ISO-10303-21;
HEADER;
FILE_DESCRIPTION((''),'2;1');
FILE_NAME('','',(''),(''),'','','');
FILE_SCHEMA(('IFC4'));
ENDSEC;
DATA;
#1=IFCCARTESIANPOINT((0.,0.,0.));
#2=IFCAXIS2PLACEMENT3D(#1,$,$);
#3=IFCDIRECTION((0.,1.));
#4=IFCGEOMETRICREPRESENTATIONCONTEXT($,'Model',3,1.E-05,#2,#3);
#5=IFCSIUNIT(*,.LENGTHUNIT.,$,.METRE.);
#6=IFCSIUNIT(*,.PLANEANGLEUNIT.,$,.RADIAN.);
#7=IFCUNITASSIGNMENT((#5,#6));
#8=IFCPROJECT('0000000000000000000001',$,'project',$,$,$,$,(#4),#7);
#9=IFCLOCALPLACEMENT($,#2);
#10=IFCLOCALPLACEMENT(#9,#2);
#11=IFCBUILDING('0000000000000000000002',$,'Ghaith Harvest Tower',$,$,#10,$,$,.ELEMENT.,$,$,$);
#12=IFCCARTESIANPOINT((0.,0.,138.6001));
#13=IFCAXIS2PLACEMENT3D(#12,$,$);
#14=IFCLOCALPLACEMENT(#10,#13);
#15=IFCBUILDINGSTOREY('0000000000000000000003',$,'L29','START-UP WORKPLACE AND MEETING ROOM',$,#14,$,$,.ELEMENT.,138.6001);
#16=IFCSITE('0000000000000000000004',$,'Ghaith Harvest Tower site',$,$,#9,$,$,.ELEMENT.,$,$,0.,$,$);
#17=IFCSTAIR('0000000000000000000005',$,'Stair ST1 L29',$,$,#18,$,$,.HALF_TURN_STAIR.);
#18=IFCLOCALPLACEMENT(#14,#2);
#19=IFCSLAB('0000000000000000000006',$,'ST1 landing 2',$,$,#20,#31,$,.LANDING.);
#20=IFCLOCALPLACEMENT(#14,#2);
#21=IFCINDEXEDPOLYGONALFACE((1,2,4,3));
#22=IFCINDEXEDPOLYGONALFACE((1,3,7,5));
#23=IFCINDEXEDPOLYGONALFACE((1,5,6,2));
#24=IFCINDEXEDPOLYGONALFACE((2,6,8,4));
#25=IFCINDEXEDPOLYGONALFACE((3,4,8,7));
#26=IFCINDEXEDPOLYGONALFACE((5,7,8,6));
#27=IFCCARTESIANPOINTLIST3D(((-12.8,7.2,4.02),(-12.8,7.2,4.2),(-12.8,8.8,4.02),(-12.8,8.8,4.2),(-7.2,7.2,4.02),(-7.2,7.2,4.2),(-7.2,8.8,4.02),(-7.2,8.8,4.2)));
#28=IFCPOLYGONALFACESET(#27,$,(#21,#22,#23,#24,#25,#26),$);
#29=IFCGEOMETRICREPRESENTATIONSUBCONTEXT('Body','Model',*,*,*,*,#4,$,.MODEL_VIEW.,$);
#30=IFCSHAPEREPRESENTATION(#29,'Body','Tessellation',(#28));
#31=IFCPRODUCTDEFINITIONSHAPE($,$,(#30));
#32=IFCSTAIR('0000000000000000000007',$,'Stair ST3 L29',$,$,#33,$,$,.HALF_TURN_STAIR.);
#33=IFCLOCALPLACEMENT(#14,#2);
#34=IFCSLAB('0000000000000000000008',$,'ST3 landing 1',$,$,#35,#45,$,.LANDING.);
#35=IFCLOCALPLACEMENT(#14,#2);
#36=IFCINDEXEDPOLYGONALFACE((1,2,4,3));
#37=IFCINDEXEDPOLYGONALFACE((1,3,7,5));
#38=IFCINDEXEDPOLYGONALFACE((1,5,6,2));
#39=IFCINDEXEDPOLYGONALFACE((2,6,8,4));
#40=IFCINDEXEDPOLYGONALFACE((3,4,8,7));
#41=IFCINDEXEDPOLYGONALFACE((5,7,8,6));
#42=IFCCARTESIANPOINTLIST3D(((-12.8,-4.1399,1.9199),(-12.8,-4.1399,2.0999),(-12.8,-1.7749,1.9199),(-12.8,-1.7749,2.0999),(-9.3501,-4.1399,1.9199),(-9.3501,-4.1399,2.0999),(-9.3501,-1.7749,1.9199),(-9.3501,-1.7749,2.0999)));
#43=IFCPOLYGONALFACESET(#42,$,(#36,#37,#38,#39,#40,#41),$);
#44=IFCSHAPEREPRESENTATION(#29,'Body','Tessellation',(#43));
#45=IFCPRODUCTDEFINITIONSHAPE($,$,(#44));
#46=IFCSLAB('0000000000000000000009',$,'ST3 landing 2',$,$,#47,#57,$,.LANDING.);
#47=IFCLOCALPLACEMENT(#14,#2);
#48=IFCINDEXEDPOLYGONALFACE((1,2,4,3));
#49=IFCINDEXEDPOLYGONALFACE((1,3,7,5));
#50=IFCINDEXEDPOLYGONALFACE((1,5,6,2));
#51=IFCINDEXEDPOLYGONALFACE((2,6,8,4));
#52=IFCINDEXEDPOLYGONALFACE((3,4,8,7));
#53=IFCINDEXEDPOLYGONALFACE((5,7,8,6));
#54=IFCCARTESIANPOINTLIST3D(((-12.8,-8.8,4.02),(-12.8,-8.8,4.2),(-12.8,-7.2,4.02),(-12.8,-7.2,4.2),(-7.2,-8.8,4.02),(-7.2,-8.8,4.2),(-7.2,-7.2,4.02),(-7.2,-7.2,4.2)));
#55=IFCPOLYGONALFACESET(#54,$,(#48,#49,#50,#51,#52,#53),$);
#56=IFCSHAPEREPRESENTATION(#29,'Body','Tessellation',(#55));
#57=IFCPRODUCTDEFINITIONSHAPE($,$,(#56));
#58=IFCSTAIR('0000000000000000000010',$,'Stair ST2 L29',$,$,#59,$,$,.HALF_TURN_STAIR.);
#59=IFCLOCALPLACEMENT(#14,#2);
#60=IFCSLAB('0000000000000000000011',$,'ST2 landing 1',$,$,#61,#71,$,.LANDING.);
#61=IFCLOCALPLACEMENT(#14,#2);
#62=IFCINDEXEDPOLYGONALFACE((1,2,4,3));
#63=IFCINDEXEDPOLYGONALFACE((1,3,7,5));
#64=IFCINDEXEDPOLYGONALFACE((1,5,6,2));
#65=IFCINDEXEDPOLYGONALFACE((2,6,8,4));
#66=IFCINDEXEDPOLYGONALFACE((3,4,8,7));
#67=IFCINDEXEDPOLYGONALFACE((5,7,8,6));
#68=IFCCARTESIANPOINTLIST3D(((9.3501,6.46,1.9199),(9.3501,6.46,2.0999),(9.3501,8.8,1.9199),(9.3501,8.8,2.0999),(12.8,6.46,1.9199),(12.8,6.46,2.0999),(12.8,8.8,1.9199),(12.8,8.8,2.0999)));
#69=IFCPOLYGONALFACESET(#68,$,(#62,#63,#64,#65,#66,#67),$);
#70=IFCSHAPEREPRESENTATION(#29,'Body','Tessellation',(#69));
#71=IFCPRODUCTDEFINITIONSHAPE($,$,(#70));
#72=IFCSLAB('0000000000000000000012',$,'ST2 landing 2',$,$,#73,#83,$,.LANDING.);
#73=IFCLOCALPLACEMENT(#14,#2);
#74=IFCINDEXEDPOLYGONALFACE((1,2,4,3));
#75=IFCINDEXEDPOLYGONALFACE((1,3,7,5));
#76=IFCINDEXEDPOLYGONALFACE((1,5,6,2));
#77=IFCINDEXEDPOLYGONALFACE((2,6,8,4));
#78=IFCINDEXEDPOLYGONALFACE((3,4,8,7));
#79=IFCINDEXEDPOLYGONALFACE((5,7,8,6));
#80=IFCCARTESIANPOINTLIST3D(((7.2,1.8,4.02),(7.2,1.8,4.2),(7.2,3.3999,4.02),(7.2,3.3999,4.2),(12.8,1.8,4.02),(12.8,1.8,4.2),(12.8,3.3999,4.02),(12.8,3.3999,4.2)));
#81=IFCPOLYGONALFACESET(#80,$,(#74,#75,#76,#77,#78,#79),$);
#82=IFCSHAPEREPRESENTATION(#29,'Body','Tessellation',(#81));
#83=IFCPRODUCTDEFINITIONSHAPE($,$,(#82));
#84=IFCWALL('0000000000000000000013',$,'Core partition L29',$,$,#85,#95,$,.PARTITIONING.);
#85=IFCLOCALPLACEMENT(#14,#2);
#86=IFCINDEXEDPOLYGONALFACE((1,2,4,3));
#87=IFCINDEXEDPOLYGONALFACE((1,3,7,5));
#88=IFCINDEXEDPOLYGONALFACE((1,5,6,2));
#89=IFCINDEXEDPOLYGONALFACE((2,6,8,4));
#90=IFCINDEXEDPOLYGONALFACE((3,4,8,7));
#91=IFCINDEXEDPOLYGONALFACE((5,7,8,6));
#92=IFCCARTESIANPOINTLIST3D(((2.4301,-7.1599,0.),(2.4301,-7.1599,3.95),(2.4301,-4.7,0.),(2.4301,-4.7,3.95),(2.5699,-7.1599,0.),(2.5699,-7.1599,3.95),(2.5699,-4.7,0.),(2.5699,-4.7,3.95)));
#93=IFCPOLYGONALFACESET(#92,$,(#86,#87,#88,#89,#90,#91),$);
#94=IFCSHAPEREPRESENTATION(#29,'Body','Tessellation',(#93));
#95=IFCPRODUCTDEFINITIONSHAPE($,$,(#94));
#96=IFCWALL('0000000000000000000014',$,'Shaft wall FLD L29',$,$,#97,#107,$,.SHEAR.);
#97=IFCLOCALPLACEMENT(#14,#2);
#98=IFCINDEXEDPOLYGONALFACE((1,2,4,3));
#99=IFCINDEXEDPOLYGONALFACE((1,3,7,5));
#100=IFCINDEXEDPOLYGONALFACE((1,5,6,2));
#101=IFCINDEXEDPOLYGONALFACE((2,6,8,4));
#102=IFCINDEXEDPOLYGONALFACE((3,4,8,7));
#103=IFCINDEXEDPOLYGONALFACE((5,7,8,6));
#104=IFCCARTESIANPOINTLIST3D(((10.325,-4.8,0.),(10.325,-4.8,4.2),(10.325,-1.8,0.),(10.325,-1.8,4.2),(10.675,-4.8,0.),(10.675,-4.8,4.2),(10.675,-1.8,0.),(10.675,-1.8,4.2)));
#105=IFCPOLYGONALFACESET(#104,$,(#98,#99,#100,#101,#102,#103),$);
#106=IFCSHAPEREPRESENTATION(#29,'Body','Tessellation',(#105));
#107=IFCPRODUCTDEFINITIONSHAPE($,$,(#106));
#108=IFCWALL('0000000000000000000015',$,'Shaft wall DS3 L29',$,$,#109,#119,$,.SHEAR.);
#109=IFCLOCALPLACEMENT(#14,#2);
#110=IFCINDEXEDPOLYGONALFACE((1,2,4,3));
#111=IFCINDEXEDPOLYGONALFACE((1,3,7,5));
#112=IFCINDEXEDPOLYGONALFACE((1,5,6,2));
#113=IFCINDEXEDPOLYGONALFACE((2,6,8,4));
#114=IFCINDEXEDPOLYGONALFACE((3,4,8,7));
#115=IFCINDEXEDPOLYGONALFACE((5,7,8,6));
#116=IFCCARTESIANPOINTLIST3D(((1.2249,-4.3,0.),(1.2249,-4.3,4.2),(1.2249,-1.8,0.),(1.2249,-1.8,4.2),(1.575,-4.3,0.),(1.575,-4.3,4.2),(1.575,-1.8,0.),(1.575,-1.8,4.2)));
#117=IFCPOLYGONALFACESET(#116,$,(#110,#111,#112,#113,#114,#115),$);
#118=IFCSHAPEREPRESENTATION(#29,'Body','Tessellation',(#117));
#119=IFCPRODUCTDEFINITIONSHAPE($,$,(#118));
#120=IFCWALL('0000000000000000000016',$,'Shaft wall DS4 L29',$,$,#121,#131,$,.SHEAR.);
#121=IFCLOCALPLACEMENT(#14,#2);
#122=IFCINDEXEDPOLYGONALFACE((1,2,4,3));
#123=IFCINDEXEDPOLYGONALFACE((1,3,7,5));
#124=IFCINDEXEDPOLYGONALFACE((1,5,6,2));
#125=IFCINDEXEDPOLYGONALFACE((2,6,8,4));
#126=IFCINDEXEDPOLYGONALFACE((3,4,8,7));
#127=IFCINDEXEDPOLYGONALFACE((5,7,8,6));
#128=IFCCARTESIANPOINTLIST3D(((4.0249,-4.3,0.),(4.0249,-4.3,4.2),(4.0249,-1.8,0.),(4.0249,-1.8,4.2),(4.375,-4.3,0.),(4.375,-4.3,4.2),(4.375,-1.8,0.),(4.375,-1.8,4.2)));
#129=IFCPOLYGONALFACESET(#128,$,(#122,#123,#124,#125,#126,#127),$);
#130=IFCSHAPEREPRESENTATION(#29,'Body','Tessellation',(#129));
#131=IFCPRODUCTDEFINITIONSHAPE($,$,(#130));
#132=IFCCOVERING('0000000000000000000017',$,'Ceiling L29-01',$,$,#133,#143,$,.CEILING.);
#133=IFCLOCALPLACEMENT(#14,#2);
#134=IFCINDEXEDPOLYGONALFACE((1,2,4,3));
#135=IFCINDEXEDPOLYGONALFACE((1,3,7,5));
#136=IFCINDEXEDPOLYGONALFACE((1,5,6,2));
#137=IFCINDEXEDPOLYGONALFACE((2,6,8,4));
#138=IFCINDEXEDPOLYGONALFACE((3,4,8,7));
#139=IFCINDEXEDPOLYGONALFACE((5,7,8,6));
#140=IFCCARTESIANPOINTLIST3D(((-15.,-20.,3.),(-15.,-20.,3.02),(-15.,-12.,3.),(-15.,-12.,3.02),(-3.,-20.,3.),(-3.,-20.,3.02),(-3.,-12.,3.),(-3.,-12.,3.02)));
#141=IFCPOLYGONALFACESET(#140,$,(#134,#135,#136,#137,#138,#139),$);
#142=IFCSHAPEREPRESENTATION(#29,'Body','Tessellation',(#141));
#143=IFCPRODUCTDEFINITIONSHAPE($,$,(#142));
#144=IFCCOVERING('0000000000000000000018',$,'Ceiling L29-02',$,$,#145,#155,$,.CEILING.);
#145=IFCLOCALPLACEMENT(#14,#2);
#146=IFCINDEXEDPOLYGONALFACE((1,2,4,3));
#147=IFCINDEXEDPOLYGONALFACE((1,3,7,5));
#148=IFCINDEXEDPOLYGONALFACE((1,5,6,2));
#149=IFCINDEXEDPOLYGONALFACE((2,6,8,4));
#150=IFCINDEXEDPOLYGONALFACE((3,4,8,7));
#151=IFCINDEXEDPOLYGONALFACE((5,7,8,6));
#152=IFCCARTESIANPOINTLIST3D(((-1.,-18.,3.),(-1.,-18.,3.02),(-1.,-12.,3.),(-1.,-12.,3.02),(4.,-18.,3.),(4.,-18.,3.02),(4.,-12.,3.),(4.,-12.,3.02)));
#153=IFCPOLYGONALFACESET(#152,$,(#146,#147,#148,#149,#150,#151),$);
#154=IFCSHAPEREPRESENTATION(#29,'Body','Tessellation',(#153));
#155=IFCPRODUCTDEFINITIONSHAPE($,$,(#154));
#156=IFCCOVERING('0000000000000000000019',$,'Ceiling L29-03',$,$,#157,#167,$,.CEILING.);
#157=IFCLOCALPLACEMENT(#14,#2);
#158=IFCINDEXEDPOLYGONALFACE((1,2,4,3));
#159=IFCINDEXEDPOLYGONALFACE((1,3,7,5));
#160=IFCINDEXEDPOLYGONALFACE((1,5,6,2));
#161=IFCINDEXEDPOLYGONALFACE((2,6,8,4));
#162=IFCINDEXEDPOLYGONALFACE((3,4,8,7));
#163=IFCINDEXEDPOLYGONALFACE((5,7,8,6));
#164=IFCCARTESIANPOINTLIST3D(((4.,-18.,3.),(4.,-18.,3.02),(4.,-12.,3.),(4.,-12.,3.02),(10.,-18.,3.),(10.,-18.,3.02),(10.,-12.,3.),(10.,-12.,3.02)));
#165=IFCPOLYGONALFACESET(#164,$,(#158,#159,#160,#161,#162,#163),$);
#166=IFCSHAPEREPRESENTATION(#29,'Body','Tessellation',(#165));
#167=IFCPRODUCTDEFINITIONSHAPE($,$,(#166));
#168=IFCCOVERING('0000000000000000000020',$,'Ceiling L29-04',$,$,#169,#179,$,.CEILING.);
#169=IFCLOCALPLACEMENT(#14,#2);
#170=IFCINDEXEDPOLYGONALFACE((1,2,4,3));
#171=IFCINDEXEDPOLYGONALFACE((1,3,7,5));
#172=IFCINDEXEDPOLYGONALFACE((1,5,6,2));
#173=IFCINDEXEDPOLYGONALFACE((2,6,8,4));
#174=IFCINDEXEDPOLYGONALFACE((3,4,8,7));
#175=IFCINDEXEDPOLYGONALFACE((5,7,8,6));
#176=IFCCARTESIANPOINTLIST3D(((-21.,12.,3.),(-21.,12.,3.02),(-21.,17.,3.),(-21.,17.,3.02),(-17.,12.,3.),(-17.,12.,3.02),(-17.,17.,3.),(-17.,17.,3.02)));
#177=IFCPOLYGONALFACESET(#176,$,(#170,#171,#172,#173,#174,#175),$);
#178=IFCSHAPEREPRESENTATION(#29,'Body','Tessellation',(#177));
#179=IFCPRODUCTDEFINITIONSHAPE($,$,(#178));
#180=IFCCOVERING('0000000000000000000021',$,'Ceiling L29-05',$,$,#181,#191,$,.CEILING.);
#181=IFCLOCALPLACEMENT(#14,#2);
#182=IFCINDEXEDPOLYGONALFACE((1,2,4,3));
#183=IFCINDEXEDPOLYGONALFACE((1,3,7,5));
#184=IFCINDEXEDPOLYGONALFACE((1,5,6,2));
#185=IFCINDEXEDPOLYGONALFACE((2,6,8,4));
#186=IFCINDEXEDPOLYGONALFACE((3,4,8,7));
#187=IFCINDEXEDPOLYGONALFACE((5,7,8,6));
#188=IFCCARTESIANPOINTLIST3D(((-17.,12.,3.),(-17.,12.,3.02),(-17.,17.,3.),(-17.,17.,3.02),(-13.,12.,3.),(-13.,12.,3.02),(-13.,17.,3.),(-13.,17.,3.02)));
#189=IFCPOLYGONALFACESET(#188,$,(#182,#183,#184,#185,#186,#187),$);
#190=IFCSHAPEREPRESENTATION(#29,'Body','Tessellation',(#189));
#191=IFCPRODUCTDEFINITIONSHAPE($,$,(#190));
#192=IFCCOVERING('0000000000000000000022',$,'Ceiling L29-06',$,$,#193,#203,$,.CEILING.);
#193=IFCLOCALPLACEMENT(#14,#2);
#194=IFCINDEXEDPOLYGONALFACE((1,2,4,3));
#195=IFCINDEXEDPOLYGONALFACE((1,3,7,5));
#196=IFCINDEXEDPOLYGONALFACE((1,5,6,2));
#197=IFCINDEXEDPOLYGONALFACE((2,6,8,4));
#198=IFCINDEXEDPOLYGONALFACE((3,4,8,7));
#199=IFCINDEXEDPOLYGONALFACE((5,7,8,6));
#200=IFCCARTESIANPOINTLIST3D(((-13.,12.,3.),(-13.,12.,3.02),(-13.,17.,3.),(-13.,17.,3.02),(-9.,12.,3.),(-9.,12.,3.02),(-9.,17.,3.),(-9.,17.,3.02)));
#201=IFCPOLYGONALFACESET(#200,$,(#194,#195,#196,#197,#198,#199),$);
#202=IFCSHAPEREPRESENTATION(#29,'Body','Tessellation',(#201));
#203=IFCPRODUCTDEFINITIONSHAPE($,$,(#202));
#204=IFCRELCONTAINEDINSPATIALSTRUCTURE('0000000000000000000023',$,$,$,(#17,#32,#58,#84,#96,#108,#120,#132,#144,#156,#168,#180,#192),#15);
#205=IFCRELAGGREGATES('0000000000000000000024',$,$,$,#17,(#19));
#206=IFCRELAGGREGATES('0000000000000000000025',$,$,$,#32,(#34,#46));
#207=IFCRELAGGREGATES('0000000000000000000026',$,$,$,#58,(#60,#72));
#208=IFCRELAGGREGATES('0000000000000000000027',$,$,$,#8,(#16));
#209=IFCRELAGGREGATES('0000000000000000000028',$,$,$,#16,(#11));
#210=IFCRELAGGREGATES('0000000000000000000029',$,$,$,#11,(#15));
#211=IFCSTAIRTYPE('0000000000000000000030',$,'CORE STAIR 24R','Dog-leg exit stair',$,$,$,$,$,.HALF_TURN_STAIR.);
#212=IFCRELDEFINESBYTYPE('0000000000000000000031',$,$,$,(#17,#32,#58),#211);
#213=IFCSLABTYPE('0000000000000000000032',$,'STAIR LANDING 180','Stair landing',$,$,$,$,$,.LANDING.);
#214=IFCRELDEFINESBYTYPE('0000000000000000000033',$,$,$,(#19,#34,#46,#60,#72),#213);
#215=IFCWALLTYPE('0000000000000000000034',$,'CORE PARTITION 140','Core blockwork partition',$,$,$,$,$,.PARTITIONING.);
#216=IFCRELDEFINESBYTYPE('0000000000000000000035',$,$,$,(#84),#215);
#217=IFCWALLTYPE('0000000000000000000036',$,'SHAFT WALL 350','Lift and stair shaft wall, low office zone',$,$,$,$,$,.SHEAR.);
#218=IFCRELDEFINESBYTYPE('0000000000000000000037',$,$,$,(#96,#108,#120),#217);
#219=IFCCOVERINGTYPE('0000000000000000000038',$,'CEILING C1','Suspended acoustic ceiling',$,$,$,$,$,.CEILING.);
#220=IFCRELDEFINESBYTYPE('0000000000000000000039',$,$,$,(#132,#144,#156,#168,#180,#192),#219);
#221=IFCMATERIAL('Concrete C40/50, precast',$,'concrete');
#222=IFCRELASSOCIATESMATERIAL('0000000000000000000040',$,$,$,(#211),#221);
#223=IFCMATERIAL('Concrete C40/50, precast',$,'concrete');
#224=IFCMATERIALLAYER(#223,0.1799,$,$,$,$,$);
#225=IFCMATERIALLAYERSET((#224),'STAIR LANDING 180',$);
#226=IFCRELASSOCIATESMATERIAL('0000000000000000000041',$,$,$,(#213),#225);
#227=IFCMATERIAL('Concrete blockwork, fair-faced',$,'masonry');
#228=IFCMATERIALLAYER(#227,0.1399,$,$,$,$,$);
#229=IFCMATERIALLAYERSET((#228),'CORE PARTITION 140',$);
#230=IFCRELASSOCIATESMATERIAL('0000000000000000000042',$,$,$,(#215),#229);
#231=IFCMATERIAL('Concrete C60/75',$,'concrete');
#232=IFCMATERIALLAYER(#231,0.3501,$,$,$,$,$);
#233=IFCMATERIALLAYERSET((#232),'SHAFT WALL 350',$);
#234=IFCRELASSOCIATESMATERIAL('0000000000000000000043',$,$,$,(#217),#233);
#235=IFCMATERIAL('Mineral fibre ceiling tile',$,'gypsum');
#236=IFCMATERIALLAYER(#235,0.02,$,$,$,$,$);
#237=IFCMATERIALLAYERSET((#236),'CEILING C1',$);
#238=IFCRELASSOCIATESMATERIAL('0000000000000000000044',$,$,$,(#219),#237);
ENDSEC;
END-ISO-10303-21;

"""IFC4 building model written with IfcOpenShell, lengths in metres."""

from ifc_helpers import new_model, si_unit, direction, frame, frame_2d, origin, place, context, subcontext, project, spatial, polyline, rectangle, outline, extrude, material, layer, layer_set, type_object, element, aggregate, save


model = new_model("IFC4")

# Units and contexts
model_context = context("Model", 3, precision=1e-05, world=origin(), true_north=direction((0.0, 1.0)))
body_context = subcontext(model_context, "Body", "Model", "MODEL_VIEW")
ifc_project = project(units=[si_unit("LENGTHUNIT", "METRE"), si_unit("PLANEANGLEUNIT", "RADIAN")], contexts=[model_context])

# Site, building, storey
site_placement = place(None, origin())
site = spatial("IfcSite", under=ifc_project, at=site_placement, Name="Ghaith Harvest Tower site", CompositionType="ELEMENT", RefElevation=0.0)
building_placement = place(site_placement, origin())
building = spatial("IfcBuilding", under=site, at=building_placement, Name="Ghaith Harvest Tower", CompositionType="ELEMENT")
storey_placement = place(building_placement, frame((0.0, 0.0, 138.6001)))
storey = spatial("IfcBuildingStorey", under=building, at=storey_placement, Name="L29", Description="START-UP WORKPLACE AND MEETING ROOM", CompositionType="ELEMENT", Elevation=138.6001)

# Stair, slab
ifc_material_1 = material(Name="Concrete C40/50, precast", Category="concrete")
stair_type = type_object("IfcStairType", Name="CORE STAIR 24R", Description="Dog-leg exit stair", PredefinedType="HALF_TURN_STAIR", material=ifc_material_1)
stair_1_placement = place(storey_placement, origin())
stair_1 = element("IfcStair", 1, at=stair_1_placement, inside=storey, type_object=stair_type, Name="Stair ST1 L29", PredefinedType="HALF_TURN_STAIR")
ifc_material_2 = material(Name="Concrete C40/50, precast", Category="concrete")
ifc_layer_1 = layer(ifc_material_2, 0.1799)
ifc_layer_set_1 = layer_set([ifc_layer_1], Name="STAIR LANDING 180")
slab_type = type_object("IfcSlabType", Name="STAIR LANDING 180", Description="Stair landing", PredefinedType="LANDING", material=ifc_layer_set_1)
slab_1_placement = place(storey_placement, frame((0.0, 0.0, 4.02)))
slab_1 = element("IfcSlab", 2, at=slab_1_placement, type_object=slab_type, Name="ST1 landing 2", PredefinedType="LANDING", context=body_context, shape_type="SweptSolid", body=[
    extrude(outline(polyline([(-12.8, 8.8), (-12.8, 7.2), (-7.2, 7.2), (-7.2, 8.8), (-12.8, 8.8)])), origin(), (0.0, 0.0, 1.0), 0.1799),
])
aggregate(stair_1, [slab_1])

# Stairs, slabs
stair_2_placement = place(storey_placement, origin())
stair_2 = element("IfcStair", 3, at=stair_2_placement, inside=storey, type_object=stair_type, Name="Stair ST3 L29", PredefinedType="HALF_TURN_STAIR")
slab_2_placement = place(storey_placement, frame((0.0, 0.0, 1.9199)))
slab_2 = element("IfcSlab", 4, at=slab_2_placement, type_object=slab_type, Name="ST3 landing 1", PredefinedType="LANDING", context=body_context, shape_type="SweptSolid", body=[
    extrude(outline(polyline([(-12.8, -4.1399), (-12.8, -1.7749), (-9.3501, -1.7749), (-9.3501, -4.1399), (-12.8, -4.1399)])), origin(), (0.0, 0.0, 1.0), 0.1799),
])
slab_3_placement = place(storey_placement, frame((0.0, 0.0, 4.02)))
slab_3 = element("IfcSlab", 5, at=slab_3_placement, type_object=slab_type, Name="ST3 landing 2", PredefinedType="LANDING", context=body_context, shape_type="SweptSolid", body=[
    extrude(outline(polyline([(-12.8, -8.8), (-12.8, -7.2), (-7.2, -7.2), (-7.2, -8.8), (-12.8, -8.8)])), origin(), (0.0, 0.0, 1.0), 0.1799),
])
aggregate(stair_2, [slab_2, slab_3])
stair_3_placement = place(storey_placement, origin())
stair_3 = element("IfcStair", 6, at=stair_3_placement, inside=storey, type_object=stair_type, Name="Stair ST2 L29", PredefinedType="HALF_TURN_STAIR")
slab_4_placement = place(storey_placement, frame((0.0, 0.0, 1.9199)))
slab_4 = element("IfcSlab", 7, at=slab_4_placement, type_object=slab_type, Name="ST2 landing 1", PredefinedType="LANDING", context=body_context, shape_type="SweptSolid", body=[
    extrude(outline(polyline([(12.8, 6.46), (12.8, 8.8), (9.3501, 8.8), (9.3501, 6.46), (12.8, 6.46)])), origin(), (0.0, 0.0, 1.0), 0.1799),
])
slab_5_placement = place(storey_placement, frame((0.0, 0.0, 4.02)))
slab_5 = element("IfcSlab", 8, at=slab_5_placement, type_object=slab_type, Name="ST2 landing 2", PredefinedType="LANDING", context=body_context, shape_type="SweptSolid", body=[
    extrude(outline(polyline([(12.8, 1.8), (12.8, 3.3999), (7.2, 3.3999), (7.2, 1.8), (12.8, 1.8)])), origin(), (0.0, 0.0, 1.0), 0.1799),
])
aggregate(stair_3, [slab_4, slab_5])

# Wall
ifc_material_3 = material(Name="Concrete blockwork, fair-faced", Category="masonry")
ifc_layer_2 = layer(ifc_material_3, 0.1399)
ifc_layer_set_2 = layer_set([ifc_layer_2], Name="CORE PARTITION 140")
wall_type_1 = type_object("IfcWallType", Name="CORE PARTITION 140", Description="Core blockwork partition", PredefinedType="PARTITIONING", material=ifc_layer_set_2)
wall_1_placement = place(storey_placement, frame((2.5, -4.7, 0.0), z_axis=(0.0, 0.0, 1.0), x_axis=(0.0, -1.0, 0.0)))
element("IfcWall", 9, at=wall_1_placement, inside=storey, type_object=wall_type_1, Name="Core partition L29", PredefinedType="PARTITIONING", context=body_context, shape_type="SweptSolid", body=[
    extrude(rectangle(XDim=2.46, YDim=0.1399, at=frame_2d((1.23, 0.0))), origin(), (0.0, 0.0, 1.0), 3.95),
])

# Shared definitions
ifc_material_4 = material(Name="Concrete C60/75", Category="concrete")
ifc_layer_3 = layer(ifc_material_4, 0.3501)
ifc_layer_set_3 = layer_set([ifc_layer_3], Name="SHAFT WALL 350")
wall_type_2 = type_object("IfcWallType", Name="SHAFT WALL 350", Description="Lift and stair shaft wall, low office zone", PredefinedType="SHEAR", material=ifc_layer_set_3)

# Walls
wall_2_placement = place(storey_placement, frame((10.5, -4.8, 0.0), z_axis=(0.0, 0.0, 1.0), x_axis=(0.0, 1.0, 0.0)))
element("IfcWall", 10, at=wall_2_placement, inside=storey, type_object=wall_type_2, Name="Shaft wall FLD L29", PredefinedType="SHEAR", context=body_context, shape_type="SweptSolid", body=[
    extrude(rectangle(XDim=3.0, YDim=0.3501, at=frame_2d((1.5, 0.0))), origin(), (0.0, 0.0, 1.0), 4.2),
])
for number, where, z_axis, x_axis, name in (
    (11, (1.3999, -4.3, 0.0), (0.0, 0.0, 1.0), (0.0, 1.0, 0.0), "Shaft wall DS3 L29"),
    (12, (4.2, -4.3, 0.0), (0.0, 0.0, 1.0), (0.0, 1.0, 0.0), "Shaft wall DS4 L29"),
):
    element("IfcWall", number, at=place(storey_placement, frame(where, z_axis=z_axis, x_axis=x_axis)), inside=storey, type_object=wall_type_2, Name=name, PredefinedType="SHEAR", context=body_context, shape_type="SweptSolid", body=[
        extrude(rectangle(XDim=2.5, YDim=0.3501, at=frame_2d((1.25, 0.0))), origin(), (0.0, 0.0, 1.0), 4.2),
    ])

# Coverings
ifc_material_5 = material(Name="Mineral fibre ceiling tile", Category="gypsum")
ifc_layer_4 = layer(ifc_material_5, 0.02)
ifc_layer_set_4 = layer_set([ifc_layer_4], Name="CEILING C1")
covering_type = type_object("IfcCoveringType", Name="CEILING C1", Description="Suspended acoustic ceiling", PredefinedType="CEILING", material=ifc_layer_set_4)
covering_1_placement = place(storey_placement, frame((0.0, 0.0, 3.0)))
element("IfcCovering", 13, at=covering_1_placement, inside=storey, type_object=covering_type, Name="Ceiling L29-01", PredefinedType="CEILING", context=body_context, shape_type="SweptSolid", body=[
    extrude(outline(polyline([(-15.0, -20.0), (-3.0, -20.0), (-3.0, -12.0), (-15.0, -12.0), (-15.0, -20.0)])), origin(), (0.0, 0.0, 1.0), 0.02),
])
covering_2_placement = place(storey_placement, frame((0.0, 0.0, 3.0)))
element("IfcCovering", 14, at=covering_2_placement, inside=storey, type_object=covering_type, Name="Ceiling L29-02", PredefinedType="CEILING", context=body_context, shape_type="SweptSolid", body=[
    extrude(outline(polyline([(-1.0, -18.0), (4.0, -18.0), (4.0, -12.0), (-1.0, -12.0), (-1.0, -18.0)])), origin(), (0.0, 0.0, 1.0), 0.02),
])
covering_3_placement = place(storey_placement, frame((0.0, 0.0, 3.0)))
element("IfcCovering", 15, at=covering_3_placement, inside=storey, type_object=covering_type, Name="Ceiling L29-03", PredefinedType="CEILING", context=body_context, shape_type="SweptSolid", body=[
    extrude(outline(polyline([(4.0, -18.0), (10.0, -18.0), (10.0, -12.0), (4.0, -12.0), (4.0, -18.0)])), origin(), (0.0, 0.0, 1.0), 0.02),
])
covering_4_placement = place(storey_placement, frame((0.0, 0.0, 3.0)))
element("IfcCovering", 16, at=covering_4_placement, inside=storey, type_object=covering_type, Name="Ceiling L29-04", PredefinedType="CEILING", context=body_context, shape_type="SweptSolid", body=[
    extrude(outline(polyline([(-21.0, 12.0), (-17.0, 12.0), (-17.0, 17.0), (-21.0, 17.0), (-21.0, 12.0)])), origin(), (0.0, 0.0, 1.0), 0.02),
])
covering_5_placement = place(storey_placement, frame((0.0, 0.0, 3.0)))
element("IfcCovering", 17, at=covering_5_placement, inside=storey, type_object=covering_type, Name="Ceiling L29-05", PredefinedType="CEILING", context=body_context, shape_type="SweptSolid", body=[
    extrude(outline(polyline([(-17.0, 12.0), (-13.0, 12.0), (-13.0, 17.0), (-17.0, 17.0), (-17.0, 12.0)])), origin(), (0.0, 0.0, 1.0), 0.02),
])
covering_6_placement = place(storey_placement, frame((0.0, 0.0, 3.0)))
element("IfcCovering", 18, at=covering_6_placement, inside=storey, type_object=covering_type, Name="Ceiling L29-06", PredefinedType="CEILING", context=body_context, shape_type="SweptSolid", body=[
    extrude(outline(polyline([(-13.0, 12.0), (-9.0, 12.0), (-9.0, 17.0), (-13.0, 17.0), (-13.0, 12.0)])), origin(), (0.0, 0.0, 1.0), 0.02),
])

save(model, "model.ifc")
